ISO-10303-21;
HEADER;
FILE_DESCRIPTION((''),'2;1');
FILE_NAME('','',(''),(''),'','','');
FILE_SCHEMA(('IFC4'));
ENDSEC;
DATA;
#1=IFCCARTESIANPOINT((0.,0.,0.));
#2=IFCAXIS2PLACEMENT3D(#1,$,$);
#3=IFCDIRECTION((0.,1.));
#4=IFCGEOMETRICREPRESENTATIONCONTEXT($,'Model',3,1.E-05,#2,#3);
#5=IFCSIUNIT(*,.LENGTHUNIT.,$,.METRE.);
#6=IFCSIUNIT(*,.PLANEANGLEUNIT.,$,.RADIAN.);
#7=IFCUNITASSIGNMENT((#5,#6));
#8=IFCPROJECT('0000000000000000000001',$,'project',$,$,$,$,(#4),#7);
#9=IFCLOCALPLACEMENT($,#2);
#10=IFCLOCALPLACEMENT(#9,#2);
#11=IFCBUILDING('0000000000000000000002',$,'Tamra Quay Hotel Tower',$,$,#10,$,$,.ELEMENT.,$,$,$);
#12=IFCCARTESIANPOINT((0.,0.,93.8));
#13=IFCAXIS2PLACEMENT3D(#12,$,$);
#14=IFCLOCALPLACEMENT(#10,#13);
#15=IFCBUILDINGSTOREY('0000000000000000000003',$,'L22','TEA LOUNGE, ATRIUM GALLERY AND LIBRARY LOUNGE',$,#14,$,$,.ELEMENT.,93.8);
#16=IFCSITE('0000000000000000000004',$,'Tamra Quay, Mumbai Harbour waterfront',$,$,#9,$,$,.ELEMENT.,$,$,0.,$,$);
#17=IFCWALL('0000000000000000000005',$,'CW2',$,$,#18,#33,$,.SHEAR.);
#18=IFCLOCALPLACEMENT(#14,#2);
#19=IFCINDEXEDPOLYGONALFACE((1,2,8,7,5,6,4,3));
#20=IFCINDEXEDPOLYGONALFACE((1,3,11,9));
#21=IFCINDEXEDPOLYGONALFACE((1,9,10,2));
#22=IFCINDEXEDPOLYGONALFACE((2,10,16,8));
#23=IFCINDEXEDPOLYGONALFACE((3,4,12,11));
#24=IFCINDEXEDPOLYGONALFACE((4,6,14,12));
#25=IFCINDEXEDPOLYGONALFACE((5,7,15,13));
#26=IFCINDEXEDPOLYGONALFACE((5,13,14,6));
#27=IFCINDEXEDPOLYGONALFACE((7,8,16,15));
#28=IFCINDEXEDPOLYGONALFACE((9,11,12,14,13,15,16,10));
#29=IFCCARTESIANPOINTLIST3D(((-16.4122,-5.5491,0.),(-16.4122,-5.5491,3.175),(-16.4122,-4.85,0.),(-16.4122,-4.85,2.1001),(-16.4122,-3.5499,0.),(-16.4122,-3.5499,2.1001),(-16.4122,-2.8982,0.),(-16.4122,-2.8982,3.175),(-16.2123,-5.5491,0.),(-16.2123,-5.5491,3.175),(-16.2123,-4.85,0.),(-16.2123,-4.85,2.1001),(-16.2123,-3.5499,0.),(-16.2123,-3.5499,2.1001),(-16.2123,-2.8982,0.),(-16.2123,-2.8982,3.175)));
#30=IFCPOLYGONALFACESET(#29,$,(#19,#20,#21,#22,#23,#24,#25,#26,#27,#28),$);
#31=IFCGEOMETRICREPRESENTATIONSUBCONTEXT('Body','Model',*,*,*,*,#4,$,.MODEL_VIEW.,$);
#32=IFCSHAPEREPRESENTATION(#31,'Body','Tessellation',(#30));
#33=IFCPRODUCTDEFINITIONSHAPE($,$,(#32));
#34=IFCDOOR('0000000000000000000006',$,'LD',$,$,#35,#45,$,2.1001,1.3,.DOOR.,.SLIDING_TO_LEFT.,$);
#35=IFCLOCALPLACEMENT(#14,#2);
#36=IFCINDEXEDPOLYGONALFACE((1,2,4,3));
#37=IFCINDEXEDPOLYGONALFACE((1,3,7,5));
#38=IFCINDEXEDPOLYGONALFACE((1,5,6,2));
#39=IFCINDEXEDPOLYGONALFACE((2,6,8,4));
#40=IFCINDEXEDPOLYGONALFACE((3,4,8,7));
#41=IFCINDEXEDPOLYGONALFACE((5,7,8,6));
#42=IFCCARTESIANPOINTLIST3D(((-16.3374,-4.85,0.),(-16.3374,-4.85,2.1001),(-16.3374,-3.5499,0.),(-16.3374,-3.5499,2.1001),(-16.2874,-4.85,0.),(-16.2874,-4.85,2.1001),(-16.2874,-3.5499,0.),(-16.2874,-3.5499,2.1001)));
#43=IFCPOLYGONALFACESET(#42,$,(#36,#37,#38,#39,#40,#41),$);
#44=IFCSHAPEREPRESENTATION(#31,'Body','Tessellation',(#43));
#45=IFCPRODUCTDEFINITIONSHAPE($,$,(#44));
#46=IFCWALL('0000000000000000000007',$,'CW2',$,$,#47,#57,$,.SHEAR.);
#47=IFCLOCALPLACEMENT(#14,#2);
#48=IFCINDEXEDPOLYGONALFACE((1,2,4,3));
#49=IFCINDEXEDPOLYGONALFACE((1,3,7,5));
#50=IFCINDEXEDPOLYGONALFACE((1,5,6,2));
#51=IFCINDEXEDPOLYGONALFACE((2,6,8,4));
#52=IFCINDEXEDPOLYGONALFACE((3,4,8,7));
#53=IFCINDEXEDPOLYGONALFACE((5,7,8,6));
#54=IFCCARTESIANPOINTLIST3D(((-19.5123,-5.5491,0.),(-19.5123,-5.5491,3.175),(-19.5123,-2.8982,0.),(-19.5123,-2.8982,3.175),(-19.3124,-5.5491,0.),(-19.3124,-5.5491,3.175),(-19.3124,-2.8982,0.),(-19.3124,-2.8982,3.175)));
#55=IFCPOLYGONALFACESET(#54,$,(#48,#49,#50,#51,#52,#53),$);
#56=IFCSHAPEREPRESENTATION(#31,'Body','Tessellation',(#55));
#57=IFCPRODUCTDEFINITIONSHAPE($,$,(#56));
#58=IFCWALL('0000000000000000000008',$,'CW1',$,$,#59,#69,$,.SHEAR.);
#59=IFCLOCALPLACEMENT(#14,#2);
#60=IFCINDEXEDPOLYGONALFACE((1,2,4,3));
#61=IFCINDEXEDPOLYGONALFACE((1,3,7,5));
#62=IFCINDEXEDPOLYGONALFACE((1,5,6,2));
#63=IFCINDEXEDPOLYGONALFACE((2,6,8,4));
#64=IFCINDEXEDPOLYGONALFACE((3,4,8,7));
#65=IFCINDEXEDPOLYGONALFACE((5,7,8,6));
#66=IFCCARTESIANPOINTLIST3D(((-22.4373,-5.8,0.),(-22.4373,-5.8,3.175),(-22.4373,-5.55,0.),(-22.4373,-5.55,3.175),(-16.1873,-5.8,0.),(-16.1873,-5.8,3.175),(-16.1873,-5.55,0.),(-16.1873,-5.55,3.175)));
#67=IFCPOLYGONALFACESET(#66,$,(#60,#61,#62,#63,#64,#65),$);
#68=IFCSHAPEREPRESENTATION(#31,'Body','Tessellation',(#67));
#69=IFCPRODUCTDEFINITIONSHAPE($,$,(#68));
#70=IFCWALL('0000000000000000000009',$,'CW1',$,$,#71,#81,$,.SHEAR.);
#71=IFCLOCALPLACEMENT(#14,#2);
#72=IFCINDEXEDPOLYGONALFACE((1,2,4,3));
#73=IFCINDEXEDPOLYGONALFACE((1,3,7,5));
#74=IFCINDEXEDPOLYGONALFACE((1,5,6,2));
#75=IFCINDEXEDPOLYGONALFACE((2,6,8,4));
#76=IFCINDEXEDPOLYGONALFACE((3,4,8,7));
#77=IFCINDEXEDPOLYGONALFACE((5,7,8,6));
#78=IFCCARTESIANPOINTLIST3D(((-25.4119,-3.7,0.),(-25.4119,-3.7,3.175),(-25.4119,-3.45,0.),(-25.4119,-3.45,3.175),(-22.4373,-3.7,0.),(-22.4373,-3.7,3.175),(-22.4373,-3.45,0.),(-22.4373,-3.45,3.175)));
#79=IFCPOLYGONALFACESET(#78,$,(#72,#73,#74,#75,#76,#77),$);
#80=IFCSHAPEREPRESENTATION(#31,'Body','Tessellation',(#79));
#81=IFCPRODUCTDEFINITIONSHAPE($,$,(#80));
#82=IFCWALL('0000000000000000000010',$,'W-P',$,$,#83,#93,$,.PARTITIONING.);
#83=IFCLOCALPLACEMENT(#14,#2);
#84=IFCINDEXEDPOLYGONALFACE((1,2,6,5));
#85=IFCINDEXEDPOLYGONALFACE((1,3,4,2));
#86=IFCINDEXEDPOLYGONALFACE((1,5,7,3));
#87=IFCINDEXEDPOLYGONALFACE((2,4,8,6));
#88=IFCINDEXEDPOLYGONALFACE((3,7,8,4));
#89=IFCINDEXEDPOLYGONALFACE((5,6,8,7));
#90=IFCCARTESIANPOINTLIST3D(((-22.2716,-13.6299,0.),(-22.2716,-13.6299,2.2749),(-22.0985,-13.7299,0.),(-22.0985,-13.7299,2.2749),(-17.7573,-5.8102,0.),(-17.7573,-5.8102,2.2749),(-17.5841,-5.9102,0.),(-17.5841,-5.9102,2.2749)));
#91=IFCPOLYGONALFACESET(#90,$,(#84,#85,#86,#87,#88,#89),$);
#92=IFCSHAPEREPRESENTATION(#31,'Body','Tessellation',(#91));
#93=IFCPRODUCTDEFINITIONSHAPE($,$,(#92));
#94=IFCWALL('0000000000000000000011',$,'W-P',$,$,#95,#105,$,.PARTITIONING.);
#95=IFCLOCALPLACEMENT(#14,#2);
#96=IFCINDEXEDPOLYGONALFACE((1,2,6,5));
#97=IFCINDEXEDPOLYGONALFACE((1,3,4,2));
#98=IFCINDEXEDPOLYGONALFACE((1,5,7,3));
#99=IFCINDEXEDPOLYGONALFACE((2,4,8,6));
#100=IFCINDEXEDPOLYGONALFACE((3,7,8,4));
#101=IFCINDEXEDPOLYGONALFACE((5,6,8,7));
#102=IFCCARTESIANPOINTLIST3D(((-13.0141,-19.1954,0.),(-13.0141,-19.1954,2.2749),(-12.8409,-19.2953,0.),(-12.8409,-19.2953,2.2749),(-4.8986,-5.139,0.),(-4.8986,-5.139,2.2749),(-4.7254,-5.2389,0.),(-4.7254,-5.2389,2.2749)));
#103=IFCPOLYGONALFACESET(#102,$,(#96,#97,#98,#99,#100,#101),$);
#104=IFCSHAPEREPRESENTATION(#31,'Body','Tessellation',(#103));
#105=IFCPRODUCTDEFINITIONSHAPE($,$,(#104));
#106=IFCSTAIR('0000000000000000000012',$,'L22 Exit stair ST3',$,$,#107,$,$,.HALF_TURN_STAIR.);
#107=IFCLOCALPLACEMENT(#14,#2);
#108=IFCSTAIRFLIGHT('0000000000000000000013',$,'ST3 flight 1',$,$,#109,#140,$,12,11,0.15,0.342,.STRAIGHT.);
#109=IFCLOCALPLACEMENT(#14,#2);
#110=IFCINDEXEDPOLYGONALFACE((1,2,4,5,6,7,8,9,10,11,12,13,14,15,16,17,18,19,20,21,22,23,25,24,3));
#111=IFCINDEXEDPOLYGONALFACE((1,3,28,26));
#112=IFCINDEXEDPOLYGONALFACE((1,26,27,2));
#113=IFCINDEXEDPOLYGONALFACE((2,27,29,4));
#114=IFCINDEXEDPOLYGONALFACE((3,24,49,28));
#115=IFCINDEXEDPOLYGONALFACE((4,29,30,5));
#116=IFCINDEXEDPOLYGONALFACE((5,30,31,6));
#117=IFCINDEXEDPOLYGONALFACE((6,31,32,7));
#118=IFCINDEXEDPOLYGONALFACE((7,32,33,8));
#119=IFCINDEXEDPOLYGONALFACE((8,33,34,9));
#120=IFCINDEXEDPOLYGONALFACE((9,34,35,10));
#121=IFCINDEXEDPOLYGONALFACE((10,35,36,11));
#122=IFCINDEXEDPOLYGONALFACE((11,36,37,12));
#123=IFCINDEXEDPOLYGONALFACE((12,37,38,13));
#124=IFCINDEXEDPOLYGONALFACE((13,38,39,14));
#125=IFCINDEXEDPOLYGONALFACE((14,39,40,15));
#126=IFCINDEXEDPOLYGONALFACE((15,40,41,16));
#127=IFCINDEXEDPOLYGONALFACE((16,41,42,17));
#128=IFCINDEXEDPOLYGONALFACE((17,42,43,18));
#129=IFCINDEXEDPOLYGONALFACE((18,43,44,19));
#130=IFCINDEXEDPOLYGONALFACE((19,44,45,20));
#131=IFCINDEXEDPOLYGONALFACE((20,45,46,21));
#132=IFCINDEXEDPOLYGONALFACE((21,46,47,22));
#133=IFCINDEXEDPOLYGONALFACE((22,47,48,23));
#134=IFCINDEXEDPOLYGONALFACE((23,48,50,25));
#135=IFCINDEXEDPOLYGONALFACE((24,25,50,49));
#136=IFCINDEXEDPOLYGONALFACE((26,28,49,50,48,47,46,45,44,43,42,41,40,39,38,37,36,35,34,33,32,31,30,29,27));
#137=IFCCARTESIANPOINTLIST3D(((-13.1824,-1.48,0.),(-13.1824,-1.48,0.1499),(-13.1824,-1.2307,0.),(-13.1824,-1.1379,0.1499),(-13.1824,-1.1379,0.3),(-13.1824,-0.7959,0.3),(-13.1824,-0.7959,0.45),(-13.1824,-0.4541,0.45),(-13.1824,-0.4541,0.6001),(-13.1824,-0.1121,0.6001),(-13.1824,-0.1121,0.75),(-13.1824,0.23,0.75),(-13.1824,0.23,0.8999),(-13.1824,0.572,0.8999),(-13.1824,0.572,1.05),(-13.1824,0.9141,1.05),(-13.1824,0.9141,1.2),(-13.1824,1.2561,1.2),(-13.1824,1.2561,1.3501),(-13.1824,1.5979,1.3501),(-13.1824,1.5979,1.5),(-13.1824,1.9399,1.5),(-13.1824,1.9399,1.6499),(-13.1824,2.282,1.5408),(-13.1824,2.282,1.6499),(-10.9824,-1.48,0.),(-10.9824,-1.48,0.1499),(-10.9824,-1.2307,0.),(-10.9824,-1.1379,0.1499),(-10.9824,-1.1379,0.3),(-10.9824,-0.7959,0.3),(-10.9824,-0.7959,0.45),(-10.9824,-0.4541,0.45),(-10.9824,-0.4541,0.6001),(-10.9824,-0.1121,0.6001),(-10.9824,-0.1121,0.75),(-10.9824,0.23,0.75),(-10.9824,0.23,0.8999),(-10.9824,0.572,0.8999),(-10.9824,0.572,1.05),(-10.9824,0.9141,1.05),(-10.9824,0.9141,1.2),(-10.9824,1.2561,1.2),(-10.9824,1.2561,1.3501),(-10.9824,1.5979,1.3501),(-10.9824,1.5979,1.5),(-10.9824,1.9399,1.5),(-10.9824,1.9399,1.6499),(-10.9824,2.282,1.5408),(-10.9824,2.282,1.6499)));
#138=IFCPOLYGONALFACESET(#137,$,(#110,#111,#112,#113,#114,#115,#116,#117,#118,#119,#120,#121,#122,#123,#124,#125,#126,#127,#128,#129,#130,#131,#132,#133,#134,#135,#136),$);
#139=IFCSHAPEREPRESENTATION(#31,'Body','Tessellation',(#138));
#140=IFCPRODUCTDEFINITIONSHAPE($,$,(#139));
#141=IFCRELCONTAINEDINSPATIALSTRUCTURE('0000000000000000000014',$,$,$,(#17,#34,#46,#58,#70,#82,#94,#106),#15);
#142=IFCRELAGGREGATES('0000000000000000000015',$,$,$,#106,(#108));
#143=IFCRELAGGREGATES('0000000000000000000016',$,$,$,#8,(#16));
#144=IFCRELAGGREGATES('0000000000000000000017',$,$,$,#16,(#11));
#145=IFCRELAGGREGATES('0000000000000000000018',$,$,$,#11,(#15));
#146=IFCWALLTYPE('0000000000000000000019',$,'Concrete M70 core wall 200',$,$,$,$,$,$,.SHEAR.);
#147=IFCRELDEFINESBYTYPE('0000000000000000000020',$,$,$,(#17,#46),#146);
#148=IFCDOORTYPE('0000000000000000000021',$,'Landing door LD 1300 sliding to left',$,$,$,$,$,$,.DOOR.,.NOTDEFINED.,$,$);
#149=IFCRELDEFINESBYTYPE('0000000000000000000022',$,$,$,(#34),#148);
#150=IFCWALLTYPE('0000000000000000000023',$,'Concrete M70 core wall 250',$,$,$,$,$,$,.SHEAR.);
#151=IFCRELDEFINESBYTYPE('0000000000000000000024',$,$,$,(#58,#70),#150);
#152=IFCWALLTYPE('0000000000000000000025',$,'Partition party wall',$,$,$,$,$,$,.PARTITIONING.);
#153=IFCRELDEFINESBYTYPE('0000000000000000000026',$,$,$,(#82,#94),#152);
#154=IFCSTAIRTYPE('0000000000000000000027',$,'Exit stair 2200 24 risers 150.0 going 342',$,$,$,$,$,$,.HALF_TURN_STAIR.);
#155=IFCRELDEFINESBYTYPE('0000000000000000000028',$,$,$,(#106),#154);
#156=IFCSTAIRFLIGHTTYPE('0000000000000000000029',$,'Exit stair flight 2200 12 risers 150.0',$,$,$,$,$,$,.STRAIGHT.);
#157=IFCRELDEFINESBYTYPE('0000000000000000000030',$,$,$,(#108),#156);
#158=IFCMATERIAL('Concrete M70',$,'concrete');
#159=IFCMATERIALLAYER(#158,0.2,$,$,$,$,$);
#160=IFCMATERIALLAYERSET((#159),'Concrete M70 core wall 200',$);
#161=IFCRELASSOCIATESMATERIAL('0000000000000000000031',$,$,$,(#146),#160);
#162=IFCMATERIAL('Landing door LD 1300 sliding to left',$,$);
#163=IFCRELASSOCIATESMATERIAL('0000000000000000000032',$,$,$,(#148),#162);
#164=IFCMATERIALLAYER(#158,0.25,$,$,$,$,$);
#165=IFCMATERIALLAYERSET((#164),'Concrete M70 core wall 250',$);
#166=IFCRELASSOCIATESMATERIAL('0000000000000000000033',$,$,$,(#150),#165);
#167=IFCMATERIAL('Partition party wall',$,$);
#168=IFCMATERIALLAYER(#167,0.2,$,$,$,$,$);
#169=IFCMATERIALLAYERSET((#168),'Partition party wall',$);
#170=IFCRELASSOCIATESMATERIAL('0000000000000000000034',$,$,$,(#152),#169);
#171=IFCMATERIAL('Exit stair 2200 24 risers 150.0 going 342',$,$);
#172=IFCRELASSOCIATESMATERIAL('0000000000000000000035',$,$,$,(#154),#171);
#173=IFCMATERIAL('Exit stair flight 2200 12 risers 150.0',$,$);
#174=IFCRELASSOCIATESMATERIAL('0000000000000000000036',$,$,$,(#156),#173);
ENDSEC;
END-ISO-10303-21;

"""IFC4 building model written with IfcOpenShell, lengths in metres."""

from ifc_helpers import new_model, si_unit, direction, frame, frame_2d, origin, place, context, subcontext, project, spatial, polyline, rectangle, outline, extrude, material, layer, layer_set, type_object, element, fill, aggregate, save


model = new_model("IFC4")

# Units and contexts
model_context = context("Model", 3, precision=1e-05, world=origin(), true_north=direction((0.0, 1.0)))
body_context = subcontext(model_context, "Body", "Model", "MODEL_VIEW")
ifc_project = project(units=[si_unit("LENGTHUNIT", "METRE"), si_unit("PLANEANGLEUNIT", "RADIAN")], contexts=[model_context])

# Site, building, storey
site_placement = place(None, origin())
site = spatial("IfcSite", under=ifc_project, at=site_placement, Name="Tamra Quay, Mumbai Harbour waterfront", CompositionType="ELEMENT", RefElevation=0.0)
building_placement = place(site_placement, origin())
building = spatial("IfcBuilding", under=site, at=building_placement, Name="Tamra Quay Hotel Tower", CompositionType="ELEMENT")
storey_placement = place(building_placement, frame((0.0, 0.0, 93.8)))
storey = spatial("IfcBuildingStorey", under=building, at=storey_placement, Name="L22", Description="TEA LOUNGE, ATRIUM GALLERY AND LIBRARY LOUNGE", CompositionType="ELEMENT", Elevation=93.8)

# Shared definitions
ifc_material_1 = material(Name="Concrete M70", Category="concrete")

# Shared definitions
ifc_layer_1 = layer(ifc_material_1, 0.2)
ifc_layer_set_1 = layer_set([ifc_layer_1], Name="Concrete M70 core wall 200")
wall_type_1 = type_object("IfcWallType", Name="Concrete M70 core wall 200", PredefinedType="SHEAR", material=ifc_layer_set_1)

# Wall, opening, door
wall_1_placement = place(storey_placement, frame((-16.3123, -2.8982, 0.0), z_axis=(0.0, 0.0, 1.0), x_axis=(0.0, -1.0, 0.0)))
wall_1 = element("IfcWall", 1, at=wall_1_placement, inside=storey, type_object=wall_type_1, Name="CW2", PredefinedType="SHEAR", context=body_context, shape_type="SweptSolid", body=[
    extrude(rectangle(XDim=2.6509, YDim=0.2, at=frame_2d((1.3254, 0.0))), origin(), (0.0, 0.0, 1.0), 3.175),
])
opening_placement = place(wall_1_placement, frame((0.6519, 0.0, 0.0)))
opening = element("IfcOpeningElement", 2, at=opening_placement, cuts=wall_1, PredefinedType="OPENING", context=body_context, shape_type="SweptSolid", body=[
    extrude(rectangle(XDim=1.3, YDim=2.1001, at=frame_2d((0.6499, 1.05))), frame((0.0, 0.1099, 0.0), z_axis=(0.0, -1.0, 0.0), x_axis=(1.0, 0.0, 0.0)), (0.0, 0.0, 1.0), 0.22),
])
ifc_material_2 = material(Name="Landing door LD 1300 sliding to left")
door_type = type_object("IfcDoorType", Name="Landing door LD 1300 sliding to left", OperationType="NOTDEFINED", PredefinedType="DOOR", material=ifc_material_2)
door_placement = place(opening_placement, origin())
door = element("IfcDoor", 3, at=door_placement, inside=storey, type_object=door_type, Name="LD", OperationType="SLIDING_TO_LEFT", OverallHeight=2.1001, OverallWidth=1.3, PredefinedType="DOOR", context=body_context, shape_type="SweptSolid", body=[
    extrude(rectangle(XDim=1.3, YDim=2.1001, at=frame_2d((0.6499, 1.05))), frame((0.0, 0.0249, 0.0), z_axis=(0.0, -1.0, 0.0), x_axis=(1.0, 0.0, 0.0)), (0.0, 0.0, 1.0), 0.05),
])
fill(opening, door)

# Walls
wall_2_placement = place(storey_placement, frame((-19.4124, -5.5491, 0.0), z_axis=(0.0, 0.0, 1.0), x_axis=(0.0, 1.0, 0.0)))
element("IfcWall", 4, at=wall_2_placement, inside=storey, type_object=wall_type_1, Name="CW2", PredefinedType="SHEAR", context=body_context, shape_type="SweptSolid", body=[
    extrude(rectangle(XDim=2.6509, YDim=0.2, at=frame_2d((1.3254, 0.0))), origin(), (0.0, 0.0, 1.0), 3.175),
])
ifc_layer_2 = layer(ifc_material_1, 0.25)
ifc_layer_set_2 = layer_set([ifc_layer_2], Name="Concrete M70 core wall 250")
wall_type_2 = type_object("IfcWallType", Name="Concrete M70 core wall 250", PredefinedType="SHEAR", material=ifc_layer_set_2)
wall_3_placement = place(storey_placement, frame((-16.1873, -5.675, 0.0), z_axis=(0.0, 0.0, 1.0), x_axis=(-1.0, 0.0, 0.0)))
element("IfcWall", 5, at=wall_3_placement, inside=storey, type_object=wall_type_2, Name="CW1", PredefinedType="SHEAR", context=body_context, shape_type="SweptSolid", body=[
    extrude(rectangle(XDim=6.25, YDim=0.25, at=frame_2d((3.125, 0.0))), origin(), (0.0, 0.0, 1.0), 3.175),
])
wall_4_placement = place(storey_placement, frame((-22.4373, -3.575, 0.0), z_axis=(0.0, 0.0, 1.0), x_axis=(-1.0, 0.0, 0.0)))
element("IfcWall", 6, at=wall_4_placement, inside=storey, type_object=wall_type_2, Name="CW1", PredefinedType="SHEAR", context=body_context, shape_type="SweptSolid", body=[
    extrude(rectangle(XDim=2.9746, YDim=0.25, at=frame_2d((1.4873, 0.0))), origin(), (0.0, 0.0, 1.0), 3.175),
])
ifc_material_3 = material(Name="Partition party wall")
ifc_layer_3 = layer(ifc_material_3, 0.2)
ifc_layer_set_3 = layer_set([ifc_layer_3], Name="Partition party wall")
wall_type_3 = type_object("IfcWallType", Name="Partition party wall", PredefinedType="PARTITIONING", material=ifc_layer_set_3)
wall_5_placement = place(storey_placement, frame((-22.1851, -13.6799, 0.0), z_axis=(0.0, 0.0, 1.0), x_axis=(0.499969, 0.866043, 0.0)))
element("IfcWall", 7, at=wall_5_placement, inside=storey, type_object=wall_type_3, Name="W-P", PredefinedType="PARTITIONING", context=body_context, shape_type="SweptSolid", body=[
    extrude(rectangle(XDim=9.0293, YDim=0.2, at=frame_2d((4.5146, 0.0))), origin(), (0.0, 0.0, 1.0), 2.2749),
])
wall_6_placement = place(storey_placement, frame((-12.9275, -19.2454, 0.0), z_axis=(0.0, 0.0, 1.0), x_axis=(0.500001, 0.866025, 0.0)))
element("IfcWall", 8, at=wall_6_placement, inside=storey, type_object=wall_type_3, Name="W-P", PredefinedType="PARTITIONING", context=body_context, shape_type="SweptSolid", body=[
    extrude(rectangle(XDim=16.231, YDim=0.2, at=frame_2d((8.1155, 0.0))), origin(), (0.0, 0.0, 1.0), 2.2749),
])

# Stair, stair flight
ifc_material_4 = material(Name="Exit stair 2200 24 risers 150.0 going 342")
stair_type = type_object("IfcStairType", Name="Exit stair 2200 24 risers 150.0 going 342", PredefinedType="HALF_TURN_STAIR", material=ifc_material_4)
stair_placement = place(storey_placement, origin())
stair = element("IfcStair", 9, at=stair_placement, inside=storey, type_object=stair_type, Name="L22 Exit stair ST3", PredefinedType="HALF_TURN_STAIR")
ifc_material_5 = material(Name="Exit stair flight 2200 12 risers 150.0")
stair_flight_type = type_object("IfcStairFlightType", Name="Exit stair flight 2200 12 risers 150.0", PredefinedType="STRAIGHT", material=ifc_material_5)
stair_flight_placement = place(storey_placement, frame((-12.0823, -1.48, 0.0), z_axis=(0.0, 0.0, 1.0), x_axis=(0.0, 1.0, 0.0)))
stair_flight = element("IfcStairFlight", 10, at=stair_flight_placement, type_object=stair_flight_type, Name="ST3 flight 1", NumberOfRisers=12, NumberOfTreads=11, PredefinedType="STRAIGHT", RiserHeight=0.15, TreadLength=0.342, context=body_context, shape_type="SweptSolid", body=[
    extrude(outline(polyline([(0.0, 0.0), (0.0, 0.1499), (0.342, 0.1499), (0.342, 0.3), (0.6841, 0.3), (0.6841, 0.45), (1.0259, 0.45), (1.0259, 0.6001), (1.3679, 0.6001), (1.3679, 0.75), (1.71, 0.75), (1.71, 0.8999), (2.052, 0.8999), (2.052, 1.05), (2.394, 1.05), (2.394, 1.2), (2.7361, 1.2), (2.7361, 1.3501), (3.0779, 1.3501), (3.0779, 1.5), (3.4199, 1.5), (3.4199, 1.6499), (3.762, 1.6499), (3.762, 1.8), (3.762, 1.5408), (0.2493, 0.0), (0.0, 0.0)])), frame((0.0, 1.1001, 0.0), z_axis=(0.0, -1.0, 0.0), x_axis=(1.0, 0.0, 0.0)), (0.0, 0.0, 1.0), 2.2),
])
aggregate(stair, [stair_flight])

save(model, "model.ifc")
